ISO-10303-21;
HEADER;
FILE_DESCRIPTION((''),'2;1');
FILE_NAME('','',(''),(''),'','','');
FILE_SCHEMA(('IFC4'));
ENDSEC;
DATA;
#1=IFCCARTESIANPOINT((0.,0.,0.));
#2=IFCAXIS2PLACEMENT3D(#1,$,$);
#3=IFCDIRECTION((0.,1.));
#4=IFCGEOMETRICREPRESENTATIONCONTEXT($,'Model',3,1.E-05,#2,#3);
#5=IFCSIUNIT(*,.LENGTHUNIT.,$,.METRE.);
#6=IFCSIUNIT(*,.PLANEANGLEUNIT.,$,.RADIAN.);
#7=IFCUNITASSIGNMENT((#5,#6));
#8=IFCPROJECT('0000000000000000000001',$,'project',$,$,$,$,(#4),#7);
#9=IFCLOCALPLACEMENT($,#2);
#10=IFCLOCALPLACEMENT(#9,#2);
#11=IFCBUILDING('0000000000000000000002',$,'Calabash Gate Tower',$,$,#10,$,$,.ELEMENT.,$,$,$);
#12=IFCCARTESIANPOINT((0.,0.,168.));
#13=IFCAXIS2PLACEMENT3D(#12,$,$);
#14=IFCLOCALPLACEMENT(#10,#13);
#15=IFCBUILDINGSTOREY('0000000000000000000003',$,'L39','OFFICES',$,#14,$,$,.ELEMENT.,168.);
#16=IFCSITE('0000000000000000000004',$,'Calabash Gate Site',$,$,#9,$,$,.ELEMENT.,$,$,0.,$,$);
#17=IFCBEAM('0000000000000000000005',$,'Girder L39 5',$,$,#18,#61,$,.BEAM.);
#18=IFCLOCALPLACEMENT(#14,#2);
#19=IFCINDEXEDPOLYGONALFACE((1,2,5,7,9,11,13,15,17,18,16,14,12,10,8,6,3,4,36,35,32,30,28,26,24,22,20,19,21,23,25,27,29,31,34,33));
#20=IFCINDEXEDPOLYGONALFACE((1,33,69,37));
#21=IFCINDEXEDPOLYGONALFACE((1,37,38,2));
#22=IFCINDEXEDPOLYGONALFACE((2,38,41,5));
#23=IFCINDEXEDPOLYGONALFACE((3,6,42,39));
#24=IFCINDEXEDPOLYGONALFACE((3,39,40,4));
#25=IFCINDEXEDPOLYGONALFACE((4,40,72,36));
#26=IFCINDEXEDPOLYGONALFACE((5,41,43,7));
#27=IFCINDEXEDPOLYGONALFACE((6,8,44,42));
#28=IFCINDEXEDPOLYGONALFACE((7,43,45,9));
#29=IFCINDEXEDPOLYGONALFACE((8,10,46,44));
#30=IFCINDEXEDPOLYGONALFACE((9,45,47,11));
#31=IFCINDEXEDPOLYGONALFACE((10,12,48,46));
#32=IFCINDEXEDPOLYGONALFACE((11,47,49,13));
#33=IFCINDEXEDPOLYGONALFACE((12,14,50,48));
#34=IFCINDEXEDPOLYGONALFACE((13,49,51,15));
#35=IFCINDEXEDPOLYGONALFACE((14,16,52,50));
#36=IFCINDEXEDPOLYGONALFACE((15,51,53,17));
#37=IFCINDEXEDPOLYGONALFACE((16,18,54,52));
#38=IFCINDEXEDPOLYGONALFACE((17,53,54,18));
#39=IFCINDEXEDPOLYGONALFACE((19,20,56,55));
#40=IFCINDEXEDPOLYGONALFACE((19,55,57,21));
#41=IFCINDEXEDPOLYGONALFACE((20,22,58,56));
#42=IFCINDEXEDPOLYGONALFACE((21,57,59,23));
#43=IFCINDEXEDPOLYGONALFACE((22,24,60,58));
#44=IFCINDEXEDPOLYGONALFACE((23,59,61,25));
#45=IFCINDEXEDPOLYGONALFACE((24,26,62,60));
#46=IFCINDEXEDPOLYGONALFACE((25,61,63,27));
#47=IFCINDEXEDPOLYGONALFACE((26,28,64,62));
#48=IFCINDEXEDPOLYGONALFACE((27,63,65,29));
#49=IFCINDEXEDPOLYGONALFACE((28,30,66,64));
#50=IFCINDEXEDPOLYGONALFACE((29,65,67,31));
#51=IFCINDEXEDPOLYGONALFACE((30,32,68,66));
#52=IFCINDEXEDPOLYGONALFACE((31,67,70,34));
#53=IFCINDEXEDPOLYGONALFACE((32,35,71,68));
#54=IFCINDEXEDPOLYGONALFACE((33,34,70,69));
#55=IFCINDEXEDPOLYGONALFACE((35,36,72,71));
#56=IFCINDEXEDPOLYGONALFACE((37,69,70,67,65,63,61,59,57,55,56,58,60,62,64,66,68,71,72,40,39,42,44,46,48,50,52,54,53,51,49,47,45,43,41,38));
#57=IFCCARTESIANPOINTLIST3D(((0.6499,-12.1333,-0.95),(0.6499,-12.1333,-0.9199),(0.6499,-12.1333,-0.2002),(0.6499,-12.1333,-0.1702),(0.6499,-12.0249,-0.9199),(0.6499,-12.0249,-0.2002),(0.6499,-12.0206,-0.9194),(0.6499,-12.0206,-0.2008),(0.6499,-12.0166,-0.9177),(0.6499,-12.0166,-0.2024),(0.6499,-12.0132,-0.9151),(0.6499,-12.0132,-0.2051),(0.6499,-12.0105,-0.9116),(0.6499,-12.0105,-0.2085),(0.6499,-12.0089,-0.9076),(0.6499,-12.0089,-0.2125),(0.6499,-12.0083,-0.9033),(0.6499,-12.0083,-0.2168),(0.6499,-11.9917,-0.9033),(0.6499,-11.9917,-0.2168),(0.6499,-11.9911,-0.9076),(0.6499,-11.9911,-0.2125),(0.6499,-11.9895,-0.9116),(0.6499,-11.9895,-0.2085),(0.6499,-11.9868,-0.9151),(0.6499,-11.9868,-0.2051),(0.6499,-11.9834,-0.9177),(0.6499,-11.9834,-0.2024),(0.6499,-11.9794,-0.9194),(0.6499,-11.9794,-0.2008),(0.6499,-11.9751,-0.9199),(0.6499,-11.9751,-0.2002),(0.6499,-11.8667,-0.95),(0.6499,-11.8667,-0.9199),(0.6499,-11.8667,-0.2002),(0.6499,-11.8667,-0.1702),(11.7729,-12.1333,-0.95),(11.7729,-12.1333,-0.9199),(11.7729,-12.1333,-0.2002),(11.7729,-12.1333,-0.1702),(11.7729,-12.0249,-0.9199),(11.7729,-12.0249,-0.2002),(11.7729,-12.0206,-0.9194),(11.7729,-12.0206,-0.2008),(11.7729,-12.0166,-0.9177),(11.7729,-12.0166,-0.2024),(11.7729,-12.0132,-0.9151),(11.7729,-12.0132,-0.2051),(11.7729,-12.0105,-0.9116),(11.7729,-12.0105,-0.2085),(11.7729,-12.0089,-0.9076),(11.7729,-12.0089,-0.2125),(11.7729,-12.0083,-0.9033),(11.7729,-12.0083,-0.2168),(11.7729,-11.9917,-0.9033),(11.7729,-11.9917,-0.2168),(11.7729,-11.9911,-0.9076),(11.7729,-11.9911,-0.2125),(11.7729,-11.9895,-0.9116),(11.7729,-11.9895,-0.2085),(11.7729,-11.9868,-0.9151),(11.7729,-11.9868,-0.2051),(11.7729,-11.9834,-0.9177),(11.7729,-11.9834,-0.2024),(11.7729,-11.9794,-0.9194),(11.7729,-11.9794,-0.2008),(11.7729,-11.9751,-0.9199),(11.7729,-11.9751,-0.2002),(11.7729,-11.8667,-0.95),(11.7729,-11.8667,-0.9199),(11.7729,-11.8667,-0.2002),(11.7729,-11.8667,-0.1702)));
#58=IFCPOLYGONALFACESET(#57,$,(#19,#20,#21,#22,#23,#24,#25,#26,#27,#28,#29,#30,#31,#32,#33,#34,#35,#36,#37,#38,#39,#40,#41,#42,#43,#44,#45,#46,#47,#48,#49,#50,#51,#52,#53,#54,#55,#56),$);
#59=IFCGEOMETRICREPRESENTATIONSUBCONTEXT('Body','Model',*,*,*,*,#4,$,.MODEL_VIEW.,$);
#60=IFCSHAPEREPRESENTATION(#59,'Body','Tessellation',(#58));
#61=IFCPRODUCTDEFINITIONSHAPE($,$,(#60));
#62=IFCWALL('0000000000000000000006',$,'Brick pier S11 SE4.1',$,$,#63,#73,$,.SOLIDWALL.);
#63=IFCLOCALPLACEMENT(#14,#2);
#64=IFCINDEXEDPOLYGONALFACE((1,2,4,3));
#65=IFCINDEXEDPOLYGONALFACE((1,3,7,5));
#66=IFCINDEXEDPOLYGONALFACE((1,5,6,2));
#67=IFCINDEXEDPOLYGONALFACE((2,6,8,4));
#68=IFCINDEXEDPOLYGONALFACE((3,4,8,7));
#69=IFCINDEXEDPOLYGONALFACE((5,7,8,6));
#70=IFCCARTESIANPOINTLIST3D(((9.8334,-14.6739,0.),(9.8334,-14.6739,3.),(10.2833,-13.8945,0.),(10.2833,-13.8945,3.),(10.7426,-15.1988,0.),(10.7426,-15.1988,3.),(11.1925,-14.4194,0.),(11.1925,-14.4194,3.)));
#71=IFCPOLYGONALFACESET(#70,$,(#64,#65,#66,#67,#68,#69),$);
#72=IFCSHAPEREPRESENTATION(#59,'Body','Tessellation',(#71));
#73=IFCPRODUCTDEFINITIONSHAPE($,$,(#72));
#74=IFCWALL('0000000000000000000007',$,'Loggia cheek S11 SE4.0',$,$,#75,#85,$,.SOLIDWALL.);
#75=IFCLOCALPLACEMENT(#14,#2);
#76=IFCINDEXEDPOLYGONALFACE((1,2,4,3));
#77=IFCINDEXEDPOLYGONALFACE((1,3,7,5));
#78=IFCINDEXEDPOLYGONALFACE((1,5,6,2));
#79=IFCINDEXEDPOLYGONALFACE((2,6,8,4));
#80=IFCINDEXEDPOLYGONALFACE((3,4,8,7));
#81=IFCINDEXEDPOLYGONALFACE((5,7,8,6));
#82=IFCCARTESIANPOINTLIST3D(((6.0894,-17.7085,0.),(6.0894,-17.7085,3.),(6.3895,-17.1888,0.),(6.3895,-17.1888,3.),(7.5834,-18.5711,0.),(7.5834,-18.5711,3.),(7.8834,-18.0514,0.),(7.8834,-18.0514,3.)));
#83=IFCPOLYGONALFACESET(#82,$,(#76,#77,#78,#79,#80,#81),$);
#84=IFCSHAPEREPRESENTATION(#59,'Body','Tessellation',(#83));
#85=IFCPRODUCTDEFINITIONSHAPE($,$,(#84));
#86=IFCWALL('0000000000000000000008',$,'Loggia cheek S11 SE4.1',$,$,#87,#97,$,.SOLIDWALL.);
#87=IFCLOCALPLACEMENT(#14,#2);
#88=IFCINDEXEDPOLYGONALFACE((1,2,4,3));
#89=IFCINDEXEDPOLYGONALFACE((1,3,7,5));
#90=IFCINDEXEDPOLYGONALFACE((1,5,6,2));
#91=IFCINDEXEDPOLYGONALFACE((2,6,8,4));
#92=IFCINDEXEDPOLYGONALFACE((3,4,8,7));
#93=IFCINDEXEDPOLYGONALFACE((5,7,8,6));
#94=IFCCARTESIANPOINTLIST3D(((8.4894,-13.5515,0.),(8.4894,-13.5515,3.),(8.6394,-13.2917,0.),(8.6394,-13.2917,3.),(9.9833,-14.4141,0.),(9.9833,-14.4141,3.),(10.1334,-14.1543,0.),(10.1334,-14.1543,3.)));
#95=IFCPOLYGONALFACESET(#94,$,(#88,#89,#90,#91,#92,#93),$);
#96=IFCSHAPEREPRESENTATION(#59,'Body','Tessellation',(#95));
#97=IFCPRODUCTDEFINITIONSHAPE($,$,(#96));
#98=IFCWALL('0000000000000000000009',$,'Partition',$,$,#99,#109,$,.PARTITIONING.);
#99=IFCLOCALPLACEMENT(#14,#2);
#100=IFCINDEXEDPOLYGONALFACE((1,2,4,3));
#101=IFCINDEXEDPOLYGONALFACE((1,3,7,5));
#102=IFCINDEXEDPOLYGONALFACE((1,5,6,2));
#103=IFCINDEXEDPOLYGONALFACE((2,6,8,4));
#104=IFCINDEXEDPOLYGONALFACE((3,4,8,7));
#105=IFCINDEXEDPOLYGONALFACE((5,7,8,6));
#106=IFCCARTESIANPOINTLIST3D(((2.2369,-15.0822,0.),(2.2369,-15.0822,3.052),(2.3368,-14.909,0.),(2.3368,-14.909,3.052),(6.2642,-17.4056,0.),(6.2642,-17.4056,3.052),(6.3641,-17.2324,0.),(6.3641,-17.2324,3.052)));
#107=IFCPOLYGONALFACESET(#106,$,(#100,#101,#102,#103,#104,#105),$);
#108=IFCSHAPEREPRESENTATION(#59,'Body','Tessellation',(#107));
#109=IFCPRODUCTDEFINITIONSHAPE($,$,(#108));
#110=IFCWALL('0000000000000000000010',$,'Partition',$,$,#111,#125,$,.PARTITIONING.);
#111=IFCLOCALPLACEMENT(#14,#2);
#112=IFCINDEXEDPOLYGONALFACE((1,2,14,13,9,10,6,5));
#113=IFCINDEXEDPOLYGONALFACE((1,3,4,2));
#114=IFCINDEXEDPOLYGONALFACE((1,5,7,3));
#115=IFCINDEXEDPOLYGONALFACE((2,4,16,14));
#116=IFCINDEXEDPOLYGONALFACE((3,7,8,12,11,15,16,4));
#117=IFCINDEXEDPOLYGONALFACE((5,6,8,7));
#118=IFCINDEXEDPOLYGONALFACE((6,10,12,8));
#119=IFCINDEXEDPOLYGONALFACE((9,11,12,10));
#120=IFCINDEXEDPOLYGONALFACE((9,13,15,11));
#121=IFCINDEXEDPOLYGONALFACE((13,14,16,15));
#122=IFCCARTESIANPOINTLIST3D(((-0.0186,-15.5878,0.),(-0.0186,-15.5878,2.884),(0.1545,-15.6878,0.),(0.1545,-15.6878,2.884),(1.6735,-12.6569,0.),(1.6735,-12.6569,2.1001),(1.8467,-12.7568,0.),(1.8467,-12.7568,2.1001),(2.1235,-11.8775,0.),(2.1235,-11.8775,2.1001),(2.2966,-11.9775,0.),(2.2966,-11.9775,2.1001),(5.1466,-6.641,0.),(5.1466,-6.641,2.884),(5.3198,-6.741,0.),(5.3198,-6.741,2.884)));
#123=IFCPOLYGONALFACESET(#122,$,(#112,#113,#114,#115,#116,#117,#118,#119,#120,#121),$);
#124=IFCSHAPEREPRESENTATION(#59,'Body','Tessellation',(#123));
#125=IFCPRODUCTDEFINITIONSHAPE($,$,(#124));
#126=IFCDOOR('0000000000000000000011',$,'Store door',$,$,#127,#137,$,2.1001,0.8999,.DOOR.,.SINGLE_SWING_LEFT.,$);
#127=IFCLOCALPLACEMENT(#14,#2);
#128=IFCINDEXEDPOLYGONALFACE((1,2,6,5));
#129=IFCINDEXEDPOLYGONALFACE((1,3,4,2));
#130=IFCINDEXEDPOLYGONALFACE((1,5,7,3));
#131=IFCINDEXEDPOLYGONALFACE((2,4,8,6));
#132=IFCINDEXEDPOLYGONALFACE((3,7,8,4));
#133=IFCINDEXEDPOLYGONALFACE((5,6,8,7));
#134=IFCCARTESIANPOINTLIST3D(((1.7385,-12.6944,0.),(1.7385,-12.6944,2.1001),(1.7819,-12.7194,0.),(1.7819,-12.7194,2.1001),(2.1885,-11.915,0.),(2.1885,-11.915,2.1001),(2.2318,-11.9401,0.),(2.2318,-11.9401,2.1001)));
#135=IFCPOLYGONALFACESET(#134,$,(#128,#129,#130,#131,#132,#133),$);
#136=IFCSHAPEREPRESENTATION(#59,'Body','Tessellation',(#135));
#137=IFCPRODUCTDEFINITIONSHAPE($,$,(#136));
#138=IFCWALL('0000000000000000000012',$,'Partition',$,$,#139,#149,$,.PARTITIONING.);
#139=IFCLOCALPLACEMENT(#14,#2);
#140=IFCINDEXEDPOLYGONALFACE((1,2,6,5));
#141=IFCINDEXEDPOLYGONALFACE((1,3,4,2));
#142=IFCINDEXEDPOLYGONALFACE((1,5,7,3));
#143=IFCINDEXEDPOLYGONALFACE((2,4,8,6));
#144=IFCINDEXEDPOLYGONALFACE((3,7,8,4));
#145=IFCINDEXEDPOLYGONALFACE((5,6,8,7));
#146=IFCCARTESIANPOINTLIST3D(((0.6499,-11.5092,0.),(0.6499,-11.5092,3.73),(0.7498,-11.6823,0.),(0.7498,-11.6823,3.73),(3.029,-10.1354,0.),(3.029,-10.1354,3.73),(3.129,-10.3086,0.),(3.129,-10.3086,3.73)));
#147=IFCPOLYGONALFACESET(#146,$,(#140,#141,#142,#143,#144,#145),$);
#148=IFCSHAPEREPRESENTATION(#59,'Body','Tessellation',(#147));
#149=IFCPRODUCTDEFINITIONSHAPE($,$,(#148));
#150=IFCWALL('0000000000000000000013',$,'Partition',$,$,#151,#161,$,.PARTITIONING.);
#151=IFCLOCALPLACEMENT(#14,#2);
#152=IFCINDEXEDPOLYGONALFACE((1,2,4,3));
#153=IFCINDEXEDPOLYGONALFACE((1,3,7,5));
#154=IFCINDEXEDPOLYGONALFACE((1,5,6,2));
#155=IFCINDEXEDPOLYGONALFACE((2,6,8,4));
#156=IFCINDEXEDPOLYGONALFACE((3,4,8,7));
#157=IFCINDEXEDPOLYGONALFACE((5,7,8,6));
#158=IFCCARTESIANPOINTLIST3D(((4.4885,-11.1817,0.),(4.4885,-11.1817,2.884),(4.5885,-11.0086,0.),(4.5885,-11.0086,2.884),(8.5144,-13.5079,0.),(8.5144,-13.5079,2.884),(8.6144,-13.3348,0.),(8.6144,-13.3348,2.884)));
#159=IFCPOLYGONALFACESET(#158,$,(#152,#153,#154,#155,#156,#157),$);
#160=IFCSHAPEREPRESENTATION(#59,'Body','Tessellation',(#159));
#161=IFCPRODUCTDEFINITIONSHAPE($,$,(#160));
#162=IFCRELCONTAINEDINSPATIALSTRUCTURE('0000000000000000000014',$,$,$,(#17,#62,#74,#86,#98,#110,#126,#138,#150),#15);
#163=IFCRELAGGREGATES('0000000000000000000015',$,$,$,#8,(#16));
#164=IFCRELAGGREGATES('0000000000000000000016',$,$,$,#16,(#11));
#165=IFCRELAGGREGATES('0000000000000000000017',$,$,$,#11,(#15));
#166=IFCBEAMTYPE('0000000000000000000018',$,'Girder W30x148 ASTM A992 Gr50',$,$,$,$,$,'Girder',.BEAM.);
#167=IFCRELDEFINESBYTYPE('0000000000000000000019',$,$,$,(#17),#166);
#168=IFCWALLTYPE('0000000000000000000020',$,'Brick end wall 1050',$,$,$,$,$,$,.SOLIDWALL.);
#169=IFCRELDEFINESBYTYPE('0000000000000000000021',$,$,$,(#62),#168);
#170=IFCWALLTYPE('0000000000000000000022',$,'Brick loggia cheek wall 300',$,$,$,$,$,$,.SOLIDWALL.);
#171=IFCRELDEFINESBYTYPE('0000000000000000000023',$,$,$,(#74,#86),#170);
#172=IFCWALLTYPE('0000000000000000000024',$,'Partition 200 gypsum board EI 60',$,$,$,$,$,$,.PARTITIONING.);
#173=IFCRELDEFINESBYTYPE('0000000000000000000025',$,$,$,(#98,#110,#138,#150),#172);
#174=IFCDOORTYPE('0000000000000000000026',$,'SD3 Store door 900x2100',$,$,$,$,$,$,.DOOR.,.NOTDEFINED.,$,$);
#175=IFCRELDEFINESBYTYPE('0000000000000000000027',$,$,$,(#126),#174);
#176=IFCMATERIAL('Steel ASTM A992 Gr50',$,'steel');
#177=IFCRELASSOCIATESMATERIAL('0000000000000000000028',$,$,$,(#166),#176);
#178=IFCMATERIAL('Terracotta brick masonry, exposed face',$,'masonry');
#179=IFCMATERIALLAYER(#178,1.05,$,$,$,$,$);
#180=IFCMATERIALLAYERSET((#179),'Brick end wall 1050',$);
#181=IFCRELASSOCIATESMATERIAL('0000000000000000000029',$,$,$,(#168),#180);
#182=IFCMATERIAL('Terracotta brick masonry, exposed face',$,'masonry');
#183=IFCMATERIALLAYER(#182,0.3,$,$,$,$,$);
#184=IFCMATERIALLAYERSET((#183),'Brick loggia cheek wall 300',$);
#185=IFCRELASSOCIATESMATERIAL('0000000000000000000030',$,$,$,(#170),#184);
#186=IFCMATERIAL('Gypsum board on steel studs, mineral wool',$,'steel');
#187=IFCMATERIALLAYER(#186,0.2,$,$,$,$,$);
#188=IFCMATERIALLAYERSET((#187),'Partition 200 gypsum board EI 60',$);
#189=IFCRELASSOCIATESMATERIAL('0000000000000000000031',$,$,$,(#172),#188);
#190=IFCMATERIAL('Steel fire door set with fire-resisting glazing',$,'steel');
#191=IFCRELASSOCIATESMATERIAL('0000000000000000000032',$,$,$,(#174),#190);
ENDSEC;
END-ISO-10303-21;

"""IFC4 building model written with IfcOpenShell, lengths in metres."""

from ifc_helpers import new_model, si_unit, direction, frame, frame_2d, origin, origin_2d, place, context, subcontext, project, spatial, rectangle, i_section, extrude, material, layer, layer_set, material_profile, profile_set, type_object, element, fill, save


model = new_model("IFC4")

# Units and contexts
model_context = context("Model", 3, precision=1e-05, world=origin(), true_north=direction((0.0, 1.0)))
body_context = subcontext(model_context, "Body", "Model", "MODEL_VIEW")
ifc_project = project(units=[si_unit("LENGTHUNIT", "METRE"), si_unit("PLANEANGLEUNIT", "RADIAN")], contexts=[model_context])

# Site, building, storey
site_placement = place(None, origin())
site = spatial("IfcSite", under=ifc_project, at=site_placement, Name="Calabash Gate Site", CompositionType="ELEMENT", RefElevation=0.0)
building_placement = place(site_placement, origin())
building = spatial("IfcBuilding", under=site, at=building_placement, Name="Calabash Gate Tower", CompositionType="ELEMENT")
storey_placement = place(building_placement, frame((0.0, 0.0, 168.0)))
storey = spatial("IfcBuildingStorey", under=building, at=storey_placement, Name="L39", Description="OFFICES", CompositionType="ELEMENT", Elevation=168.0)

# Beam
ifc_material_1 = material(Name="Steel ASTM A992 Gr50", Category="steel")
ifc_material_profile_1 = material_profile(ifc_material_1, i_section(OverallWidth=0.2666, OverallDepth=0.7798, WebThickness=0.0166, FlangeThickness=0.03, FilletRadius=0.0166, at=origin_2d()))
ifc_profile_set_1 = profile_set([ifc_material_profile_1], Name="Steel ASTM A992 Gr50")
beam_type_1 = type_object("IfcBeamType", Name="Girder W30x148 ASTM A992 Gr50", ElementType="Girder", PredefinedType="BEAM", material=ifc_profile_set_1)
beam_1_placement = place(storey_placement, frame((0.6499, -12.0, -0.5601), z_axis=(1.0, 0.0, 0.0), x_axis=(0.0, 1.0, 0.0)))
element("IfcBeam", 1, at=beam_1_placement, inside=storey, type_object=beam_type_1, Name="Girder L39 5", PredefinedType="BEAM", context=body_context, shape_type="SweptSolid", body=[
    extrude(i_section(OverallWidth=0.2666, OverallDepth=0.7798, WebThickness=0.0166, FlangeThickness=0.03, FilletRadius=0.0166, at=origin_2d()), origin(), (0.0, 0.0, 1.0), 11.123),
])

# Walls
ifc_material_2 = material(Name="Terracotta brick masonry, exposed face", Category="masonry")
ifc_layer_1 = layer(ifc_material_2, 1.05)
ifc_layer_set_1 = layer_set([ifc_layer_1], Name="Brick end wall 1050")
wall_type_1 = type_object("IfcWallType", Name="Brick end wall 1050", PredefinedType="SOLIDWALL", material=ifc_layer_set_1)
wall_1_placement = place(storey_placement, frame((10.9675, -14.8091, 0.0), z_axis=(0.0, 0.0, 1.0), x_axis=(-0.866031, 0.499991, 0.0)))
element("IfcWall", 2, at=wall_1_placement, inside=storey, type_object=wall_type_1, Name="Brick pier S11 SE4.1", PredefinedType="SOLIDWALL", context=body_context, shape_type="SweptSolid", body=[
    extrude(rectangle(XDim=1.0498, YDim=0.8999, at=frame_2d((0.5249, 0.0))), origin(), (0.0, 0.0, 1.0), 3.0),
])
ifc_material_3 = material(Name="Terracotta brick masonry, exposed face", Category="masonry")
ifc_layer_2 = layer(ifc_material_3, 0.3)
ifc_layer_set_2 = layer_set([ifc_layer_2], Name="Brick loggia cheek wall 300")
wall_type_2 = type_object("IfcWallType", Name="Brick loggia cheek wall 300", PredefinedType="SOLIDWALL", material=ifc_layer_set_2)
wall_2_placement = place(storey_placement, frame((7.7334, -18.3113, 0.0), z_axis=(0.0, 0.0, 1.0), x_axis=(-0.866014, 0.500021, 0.0)))
element("IfcWall", 3, at=wall_2_placement, inside=storey, type_object=wall_type_2, Name="Loggia cheek S11 SE4.0", PredefinedType="SOLIDWALL", context=body_context, shape_type="SweptSolid", body=[
    extrude(rectangle(XDim=1.7251, YDim=0.6001, at=frame_2d((0.8625, 0.0))), origin(), (0.0, 0.0, 1.0), 3.0),
])
wall_3_placement = place(storey_placement, frame((10.0583, -14.2842, 0.0), z_axis=(0.0, 0.0, 1.0), x_axis=(-0.866014, 0.500021, 0.0)))
element("IfcWall", 4, at=wall_3_placement, inside=storey, type_object=wall_type_2, Name="Loggia cheek S11 SE4.1", PredefinedType="SOLIDWALL", context=body_context, shape_type="SweptSolid", body=[
    extrude(rectangle(XDim=1.7251, YDim=0.3, at=frame_2d((0.8625, 0.0))), origin(), (0.0, 0.0, 1.0), 3.0),
])
ifc_material_4 = material(Name="Gypsum board on steel studs, mineral wool", Category="steel")
ifc_layer_3 = layer(ifc_material_4, 0.2)
ifc_layer_set_3 = layer_set([ifc_layer_3], Name="Partition 200 gypsum board EI 60")
wall_type_3 = type_object("IfcWallType", Name="Partition 200 gypsum board EI 60", PredefinedType="PARTITIONING", material=ifc_layer_set_3)
wall_4_placement = place(storey_placement, frame((2.2869, -14.9956, 0.0), z_axis=(0.0, 0.0, 1.0), x_axis=(0.866184, -0.499725, 0.0)))
element("IfcWall", 5, at=wall_4_placement, inside=storey, type_object=wall_type_3, Name="Partition", PredefinedType="PARTITIONING", context=body_context, shape_type="SweptSolid", body=[
    extrude(rectangle(XDim=4.6494, YDim=0.2, at=frame_2d((2.3247, 0.0))), origin(), (0.0, 0.0, 1.0), 3.052),
])

# Wall, opening, door
wall_5_placement = place(storey_placement, frame((0.0679, -15.6379, 0.0), z_axis=(0.0, 0.0, 1.0), x_axis=(0.49999, 0.866031, 0.0)))
wall_5 = element("IfcWall", 6, at=wall_5_placement, inside=storey, type_object=wall_type_3, Name="Partition", PredefinedType="PARTITIONING", context=body_context, shape_type="SweptSolid", body=[
    extrude(rectangle(XDim=10.3308, YDim=0.2, at=frame_2d((5.1655, 0.0))), origin(), (0.0, 0.0, 1.0), 2.884),
])
opening_1_placement = place(wall_5_placement, frame((3.3845, 0.0, 0.0)))
opening_1 = element("IfcOpeningElement", 7, at=opening_1_placement, cuts=wall_5, PredefinedType="OPENING", context=body_context, shape_type="SweptSolid", body=[
    extrude(rectangle(XDim=0.8999, YDim=2.1001, at=frame_2d((0.45, 1.05))), frame((0.0, 0.1099, 0.0), z_axis=(0.0, -1.0, 0.0), x_axis=(1.0, 0.0, 0.0)), (0.0, 0.0, 1.0), 0.22),
])
ifc_material_5 = material(Name="Steel fire door set with fire-resisting glazing", Category="steel")
door_type_1 = type_object("IfcDoorType", Name="SD3 Store door 900x2100", OperationType="NOTDEFINED", PredefinedType="DOOR", material=ifc_material_5)
door_1_placement = place(opening_1_placement, origin())
door_1 = element("IfcDoor", 8, at=door_1_placement, inside=storey, type_object=door_type_1, Name="Store door", OperationType="SINGLE_SWING_LEFT", OverallHeight=2.1001, OverallWidth=0.8999, PredefinedType="DOOR", context=body_context, shape_type="SweptSolid", body=[
    extrude(rectangle(XDim=0.8999, YDim=2.1001, at=frame_2d((0.45, 1.05))), frame((0.0, 0.0249, 0.0), z_axis=(0.0, -1.0, 0.0), x_axis=(1.0, 0.0, 0.0)), (0.0, 0.0, 1.0), 0.05),
])
fill(opening_1, door_1)

# Walls
wall_6_placement = place(storey_placement, frame((0.7, -11.5957, 0.0), z_axis=(0.0, 0.0, 1.0), x_axis=(0.865998, 0.500048, 0.0)))
element("IfcWall", 9, at=wall_6_placement, inside=storey, type_object=wall_type_3, Name="Partition", PredefinedType="PARTITIONING", context=body_context, shape_type="SweptSolid", body=[
    extrude(rectangle(XDim=2.7473, YDim=0.2, at=frame_2d((1.3735, 0.0))), origin(), (0.0, 0.0, 1.0), 3.73),
])
wall_7_placement = place(storey_placement, frame((4.5386, -11.0952, 0.0), z_axis=(0.0, 0.0, 1.0), x_axis=(0.865855, -0.500295, 0.0)))
element("IfcWall", 10, at=wall_7_placement, inside=storey, type_object=wall_type_3, Name="Partition", PredefinedType="PARTITIONING", context=body_context, shape_type="SweptSolid", body=[
    extrude(rectangle(XDim=4.6497, YDim=0.2, at=frame_2d((2.3247, 0.0))), origin(), (0.0, 0.0, 1.0), 2.884),
])

save(model, "model.ifc")
